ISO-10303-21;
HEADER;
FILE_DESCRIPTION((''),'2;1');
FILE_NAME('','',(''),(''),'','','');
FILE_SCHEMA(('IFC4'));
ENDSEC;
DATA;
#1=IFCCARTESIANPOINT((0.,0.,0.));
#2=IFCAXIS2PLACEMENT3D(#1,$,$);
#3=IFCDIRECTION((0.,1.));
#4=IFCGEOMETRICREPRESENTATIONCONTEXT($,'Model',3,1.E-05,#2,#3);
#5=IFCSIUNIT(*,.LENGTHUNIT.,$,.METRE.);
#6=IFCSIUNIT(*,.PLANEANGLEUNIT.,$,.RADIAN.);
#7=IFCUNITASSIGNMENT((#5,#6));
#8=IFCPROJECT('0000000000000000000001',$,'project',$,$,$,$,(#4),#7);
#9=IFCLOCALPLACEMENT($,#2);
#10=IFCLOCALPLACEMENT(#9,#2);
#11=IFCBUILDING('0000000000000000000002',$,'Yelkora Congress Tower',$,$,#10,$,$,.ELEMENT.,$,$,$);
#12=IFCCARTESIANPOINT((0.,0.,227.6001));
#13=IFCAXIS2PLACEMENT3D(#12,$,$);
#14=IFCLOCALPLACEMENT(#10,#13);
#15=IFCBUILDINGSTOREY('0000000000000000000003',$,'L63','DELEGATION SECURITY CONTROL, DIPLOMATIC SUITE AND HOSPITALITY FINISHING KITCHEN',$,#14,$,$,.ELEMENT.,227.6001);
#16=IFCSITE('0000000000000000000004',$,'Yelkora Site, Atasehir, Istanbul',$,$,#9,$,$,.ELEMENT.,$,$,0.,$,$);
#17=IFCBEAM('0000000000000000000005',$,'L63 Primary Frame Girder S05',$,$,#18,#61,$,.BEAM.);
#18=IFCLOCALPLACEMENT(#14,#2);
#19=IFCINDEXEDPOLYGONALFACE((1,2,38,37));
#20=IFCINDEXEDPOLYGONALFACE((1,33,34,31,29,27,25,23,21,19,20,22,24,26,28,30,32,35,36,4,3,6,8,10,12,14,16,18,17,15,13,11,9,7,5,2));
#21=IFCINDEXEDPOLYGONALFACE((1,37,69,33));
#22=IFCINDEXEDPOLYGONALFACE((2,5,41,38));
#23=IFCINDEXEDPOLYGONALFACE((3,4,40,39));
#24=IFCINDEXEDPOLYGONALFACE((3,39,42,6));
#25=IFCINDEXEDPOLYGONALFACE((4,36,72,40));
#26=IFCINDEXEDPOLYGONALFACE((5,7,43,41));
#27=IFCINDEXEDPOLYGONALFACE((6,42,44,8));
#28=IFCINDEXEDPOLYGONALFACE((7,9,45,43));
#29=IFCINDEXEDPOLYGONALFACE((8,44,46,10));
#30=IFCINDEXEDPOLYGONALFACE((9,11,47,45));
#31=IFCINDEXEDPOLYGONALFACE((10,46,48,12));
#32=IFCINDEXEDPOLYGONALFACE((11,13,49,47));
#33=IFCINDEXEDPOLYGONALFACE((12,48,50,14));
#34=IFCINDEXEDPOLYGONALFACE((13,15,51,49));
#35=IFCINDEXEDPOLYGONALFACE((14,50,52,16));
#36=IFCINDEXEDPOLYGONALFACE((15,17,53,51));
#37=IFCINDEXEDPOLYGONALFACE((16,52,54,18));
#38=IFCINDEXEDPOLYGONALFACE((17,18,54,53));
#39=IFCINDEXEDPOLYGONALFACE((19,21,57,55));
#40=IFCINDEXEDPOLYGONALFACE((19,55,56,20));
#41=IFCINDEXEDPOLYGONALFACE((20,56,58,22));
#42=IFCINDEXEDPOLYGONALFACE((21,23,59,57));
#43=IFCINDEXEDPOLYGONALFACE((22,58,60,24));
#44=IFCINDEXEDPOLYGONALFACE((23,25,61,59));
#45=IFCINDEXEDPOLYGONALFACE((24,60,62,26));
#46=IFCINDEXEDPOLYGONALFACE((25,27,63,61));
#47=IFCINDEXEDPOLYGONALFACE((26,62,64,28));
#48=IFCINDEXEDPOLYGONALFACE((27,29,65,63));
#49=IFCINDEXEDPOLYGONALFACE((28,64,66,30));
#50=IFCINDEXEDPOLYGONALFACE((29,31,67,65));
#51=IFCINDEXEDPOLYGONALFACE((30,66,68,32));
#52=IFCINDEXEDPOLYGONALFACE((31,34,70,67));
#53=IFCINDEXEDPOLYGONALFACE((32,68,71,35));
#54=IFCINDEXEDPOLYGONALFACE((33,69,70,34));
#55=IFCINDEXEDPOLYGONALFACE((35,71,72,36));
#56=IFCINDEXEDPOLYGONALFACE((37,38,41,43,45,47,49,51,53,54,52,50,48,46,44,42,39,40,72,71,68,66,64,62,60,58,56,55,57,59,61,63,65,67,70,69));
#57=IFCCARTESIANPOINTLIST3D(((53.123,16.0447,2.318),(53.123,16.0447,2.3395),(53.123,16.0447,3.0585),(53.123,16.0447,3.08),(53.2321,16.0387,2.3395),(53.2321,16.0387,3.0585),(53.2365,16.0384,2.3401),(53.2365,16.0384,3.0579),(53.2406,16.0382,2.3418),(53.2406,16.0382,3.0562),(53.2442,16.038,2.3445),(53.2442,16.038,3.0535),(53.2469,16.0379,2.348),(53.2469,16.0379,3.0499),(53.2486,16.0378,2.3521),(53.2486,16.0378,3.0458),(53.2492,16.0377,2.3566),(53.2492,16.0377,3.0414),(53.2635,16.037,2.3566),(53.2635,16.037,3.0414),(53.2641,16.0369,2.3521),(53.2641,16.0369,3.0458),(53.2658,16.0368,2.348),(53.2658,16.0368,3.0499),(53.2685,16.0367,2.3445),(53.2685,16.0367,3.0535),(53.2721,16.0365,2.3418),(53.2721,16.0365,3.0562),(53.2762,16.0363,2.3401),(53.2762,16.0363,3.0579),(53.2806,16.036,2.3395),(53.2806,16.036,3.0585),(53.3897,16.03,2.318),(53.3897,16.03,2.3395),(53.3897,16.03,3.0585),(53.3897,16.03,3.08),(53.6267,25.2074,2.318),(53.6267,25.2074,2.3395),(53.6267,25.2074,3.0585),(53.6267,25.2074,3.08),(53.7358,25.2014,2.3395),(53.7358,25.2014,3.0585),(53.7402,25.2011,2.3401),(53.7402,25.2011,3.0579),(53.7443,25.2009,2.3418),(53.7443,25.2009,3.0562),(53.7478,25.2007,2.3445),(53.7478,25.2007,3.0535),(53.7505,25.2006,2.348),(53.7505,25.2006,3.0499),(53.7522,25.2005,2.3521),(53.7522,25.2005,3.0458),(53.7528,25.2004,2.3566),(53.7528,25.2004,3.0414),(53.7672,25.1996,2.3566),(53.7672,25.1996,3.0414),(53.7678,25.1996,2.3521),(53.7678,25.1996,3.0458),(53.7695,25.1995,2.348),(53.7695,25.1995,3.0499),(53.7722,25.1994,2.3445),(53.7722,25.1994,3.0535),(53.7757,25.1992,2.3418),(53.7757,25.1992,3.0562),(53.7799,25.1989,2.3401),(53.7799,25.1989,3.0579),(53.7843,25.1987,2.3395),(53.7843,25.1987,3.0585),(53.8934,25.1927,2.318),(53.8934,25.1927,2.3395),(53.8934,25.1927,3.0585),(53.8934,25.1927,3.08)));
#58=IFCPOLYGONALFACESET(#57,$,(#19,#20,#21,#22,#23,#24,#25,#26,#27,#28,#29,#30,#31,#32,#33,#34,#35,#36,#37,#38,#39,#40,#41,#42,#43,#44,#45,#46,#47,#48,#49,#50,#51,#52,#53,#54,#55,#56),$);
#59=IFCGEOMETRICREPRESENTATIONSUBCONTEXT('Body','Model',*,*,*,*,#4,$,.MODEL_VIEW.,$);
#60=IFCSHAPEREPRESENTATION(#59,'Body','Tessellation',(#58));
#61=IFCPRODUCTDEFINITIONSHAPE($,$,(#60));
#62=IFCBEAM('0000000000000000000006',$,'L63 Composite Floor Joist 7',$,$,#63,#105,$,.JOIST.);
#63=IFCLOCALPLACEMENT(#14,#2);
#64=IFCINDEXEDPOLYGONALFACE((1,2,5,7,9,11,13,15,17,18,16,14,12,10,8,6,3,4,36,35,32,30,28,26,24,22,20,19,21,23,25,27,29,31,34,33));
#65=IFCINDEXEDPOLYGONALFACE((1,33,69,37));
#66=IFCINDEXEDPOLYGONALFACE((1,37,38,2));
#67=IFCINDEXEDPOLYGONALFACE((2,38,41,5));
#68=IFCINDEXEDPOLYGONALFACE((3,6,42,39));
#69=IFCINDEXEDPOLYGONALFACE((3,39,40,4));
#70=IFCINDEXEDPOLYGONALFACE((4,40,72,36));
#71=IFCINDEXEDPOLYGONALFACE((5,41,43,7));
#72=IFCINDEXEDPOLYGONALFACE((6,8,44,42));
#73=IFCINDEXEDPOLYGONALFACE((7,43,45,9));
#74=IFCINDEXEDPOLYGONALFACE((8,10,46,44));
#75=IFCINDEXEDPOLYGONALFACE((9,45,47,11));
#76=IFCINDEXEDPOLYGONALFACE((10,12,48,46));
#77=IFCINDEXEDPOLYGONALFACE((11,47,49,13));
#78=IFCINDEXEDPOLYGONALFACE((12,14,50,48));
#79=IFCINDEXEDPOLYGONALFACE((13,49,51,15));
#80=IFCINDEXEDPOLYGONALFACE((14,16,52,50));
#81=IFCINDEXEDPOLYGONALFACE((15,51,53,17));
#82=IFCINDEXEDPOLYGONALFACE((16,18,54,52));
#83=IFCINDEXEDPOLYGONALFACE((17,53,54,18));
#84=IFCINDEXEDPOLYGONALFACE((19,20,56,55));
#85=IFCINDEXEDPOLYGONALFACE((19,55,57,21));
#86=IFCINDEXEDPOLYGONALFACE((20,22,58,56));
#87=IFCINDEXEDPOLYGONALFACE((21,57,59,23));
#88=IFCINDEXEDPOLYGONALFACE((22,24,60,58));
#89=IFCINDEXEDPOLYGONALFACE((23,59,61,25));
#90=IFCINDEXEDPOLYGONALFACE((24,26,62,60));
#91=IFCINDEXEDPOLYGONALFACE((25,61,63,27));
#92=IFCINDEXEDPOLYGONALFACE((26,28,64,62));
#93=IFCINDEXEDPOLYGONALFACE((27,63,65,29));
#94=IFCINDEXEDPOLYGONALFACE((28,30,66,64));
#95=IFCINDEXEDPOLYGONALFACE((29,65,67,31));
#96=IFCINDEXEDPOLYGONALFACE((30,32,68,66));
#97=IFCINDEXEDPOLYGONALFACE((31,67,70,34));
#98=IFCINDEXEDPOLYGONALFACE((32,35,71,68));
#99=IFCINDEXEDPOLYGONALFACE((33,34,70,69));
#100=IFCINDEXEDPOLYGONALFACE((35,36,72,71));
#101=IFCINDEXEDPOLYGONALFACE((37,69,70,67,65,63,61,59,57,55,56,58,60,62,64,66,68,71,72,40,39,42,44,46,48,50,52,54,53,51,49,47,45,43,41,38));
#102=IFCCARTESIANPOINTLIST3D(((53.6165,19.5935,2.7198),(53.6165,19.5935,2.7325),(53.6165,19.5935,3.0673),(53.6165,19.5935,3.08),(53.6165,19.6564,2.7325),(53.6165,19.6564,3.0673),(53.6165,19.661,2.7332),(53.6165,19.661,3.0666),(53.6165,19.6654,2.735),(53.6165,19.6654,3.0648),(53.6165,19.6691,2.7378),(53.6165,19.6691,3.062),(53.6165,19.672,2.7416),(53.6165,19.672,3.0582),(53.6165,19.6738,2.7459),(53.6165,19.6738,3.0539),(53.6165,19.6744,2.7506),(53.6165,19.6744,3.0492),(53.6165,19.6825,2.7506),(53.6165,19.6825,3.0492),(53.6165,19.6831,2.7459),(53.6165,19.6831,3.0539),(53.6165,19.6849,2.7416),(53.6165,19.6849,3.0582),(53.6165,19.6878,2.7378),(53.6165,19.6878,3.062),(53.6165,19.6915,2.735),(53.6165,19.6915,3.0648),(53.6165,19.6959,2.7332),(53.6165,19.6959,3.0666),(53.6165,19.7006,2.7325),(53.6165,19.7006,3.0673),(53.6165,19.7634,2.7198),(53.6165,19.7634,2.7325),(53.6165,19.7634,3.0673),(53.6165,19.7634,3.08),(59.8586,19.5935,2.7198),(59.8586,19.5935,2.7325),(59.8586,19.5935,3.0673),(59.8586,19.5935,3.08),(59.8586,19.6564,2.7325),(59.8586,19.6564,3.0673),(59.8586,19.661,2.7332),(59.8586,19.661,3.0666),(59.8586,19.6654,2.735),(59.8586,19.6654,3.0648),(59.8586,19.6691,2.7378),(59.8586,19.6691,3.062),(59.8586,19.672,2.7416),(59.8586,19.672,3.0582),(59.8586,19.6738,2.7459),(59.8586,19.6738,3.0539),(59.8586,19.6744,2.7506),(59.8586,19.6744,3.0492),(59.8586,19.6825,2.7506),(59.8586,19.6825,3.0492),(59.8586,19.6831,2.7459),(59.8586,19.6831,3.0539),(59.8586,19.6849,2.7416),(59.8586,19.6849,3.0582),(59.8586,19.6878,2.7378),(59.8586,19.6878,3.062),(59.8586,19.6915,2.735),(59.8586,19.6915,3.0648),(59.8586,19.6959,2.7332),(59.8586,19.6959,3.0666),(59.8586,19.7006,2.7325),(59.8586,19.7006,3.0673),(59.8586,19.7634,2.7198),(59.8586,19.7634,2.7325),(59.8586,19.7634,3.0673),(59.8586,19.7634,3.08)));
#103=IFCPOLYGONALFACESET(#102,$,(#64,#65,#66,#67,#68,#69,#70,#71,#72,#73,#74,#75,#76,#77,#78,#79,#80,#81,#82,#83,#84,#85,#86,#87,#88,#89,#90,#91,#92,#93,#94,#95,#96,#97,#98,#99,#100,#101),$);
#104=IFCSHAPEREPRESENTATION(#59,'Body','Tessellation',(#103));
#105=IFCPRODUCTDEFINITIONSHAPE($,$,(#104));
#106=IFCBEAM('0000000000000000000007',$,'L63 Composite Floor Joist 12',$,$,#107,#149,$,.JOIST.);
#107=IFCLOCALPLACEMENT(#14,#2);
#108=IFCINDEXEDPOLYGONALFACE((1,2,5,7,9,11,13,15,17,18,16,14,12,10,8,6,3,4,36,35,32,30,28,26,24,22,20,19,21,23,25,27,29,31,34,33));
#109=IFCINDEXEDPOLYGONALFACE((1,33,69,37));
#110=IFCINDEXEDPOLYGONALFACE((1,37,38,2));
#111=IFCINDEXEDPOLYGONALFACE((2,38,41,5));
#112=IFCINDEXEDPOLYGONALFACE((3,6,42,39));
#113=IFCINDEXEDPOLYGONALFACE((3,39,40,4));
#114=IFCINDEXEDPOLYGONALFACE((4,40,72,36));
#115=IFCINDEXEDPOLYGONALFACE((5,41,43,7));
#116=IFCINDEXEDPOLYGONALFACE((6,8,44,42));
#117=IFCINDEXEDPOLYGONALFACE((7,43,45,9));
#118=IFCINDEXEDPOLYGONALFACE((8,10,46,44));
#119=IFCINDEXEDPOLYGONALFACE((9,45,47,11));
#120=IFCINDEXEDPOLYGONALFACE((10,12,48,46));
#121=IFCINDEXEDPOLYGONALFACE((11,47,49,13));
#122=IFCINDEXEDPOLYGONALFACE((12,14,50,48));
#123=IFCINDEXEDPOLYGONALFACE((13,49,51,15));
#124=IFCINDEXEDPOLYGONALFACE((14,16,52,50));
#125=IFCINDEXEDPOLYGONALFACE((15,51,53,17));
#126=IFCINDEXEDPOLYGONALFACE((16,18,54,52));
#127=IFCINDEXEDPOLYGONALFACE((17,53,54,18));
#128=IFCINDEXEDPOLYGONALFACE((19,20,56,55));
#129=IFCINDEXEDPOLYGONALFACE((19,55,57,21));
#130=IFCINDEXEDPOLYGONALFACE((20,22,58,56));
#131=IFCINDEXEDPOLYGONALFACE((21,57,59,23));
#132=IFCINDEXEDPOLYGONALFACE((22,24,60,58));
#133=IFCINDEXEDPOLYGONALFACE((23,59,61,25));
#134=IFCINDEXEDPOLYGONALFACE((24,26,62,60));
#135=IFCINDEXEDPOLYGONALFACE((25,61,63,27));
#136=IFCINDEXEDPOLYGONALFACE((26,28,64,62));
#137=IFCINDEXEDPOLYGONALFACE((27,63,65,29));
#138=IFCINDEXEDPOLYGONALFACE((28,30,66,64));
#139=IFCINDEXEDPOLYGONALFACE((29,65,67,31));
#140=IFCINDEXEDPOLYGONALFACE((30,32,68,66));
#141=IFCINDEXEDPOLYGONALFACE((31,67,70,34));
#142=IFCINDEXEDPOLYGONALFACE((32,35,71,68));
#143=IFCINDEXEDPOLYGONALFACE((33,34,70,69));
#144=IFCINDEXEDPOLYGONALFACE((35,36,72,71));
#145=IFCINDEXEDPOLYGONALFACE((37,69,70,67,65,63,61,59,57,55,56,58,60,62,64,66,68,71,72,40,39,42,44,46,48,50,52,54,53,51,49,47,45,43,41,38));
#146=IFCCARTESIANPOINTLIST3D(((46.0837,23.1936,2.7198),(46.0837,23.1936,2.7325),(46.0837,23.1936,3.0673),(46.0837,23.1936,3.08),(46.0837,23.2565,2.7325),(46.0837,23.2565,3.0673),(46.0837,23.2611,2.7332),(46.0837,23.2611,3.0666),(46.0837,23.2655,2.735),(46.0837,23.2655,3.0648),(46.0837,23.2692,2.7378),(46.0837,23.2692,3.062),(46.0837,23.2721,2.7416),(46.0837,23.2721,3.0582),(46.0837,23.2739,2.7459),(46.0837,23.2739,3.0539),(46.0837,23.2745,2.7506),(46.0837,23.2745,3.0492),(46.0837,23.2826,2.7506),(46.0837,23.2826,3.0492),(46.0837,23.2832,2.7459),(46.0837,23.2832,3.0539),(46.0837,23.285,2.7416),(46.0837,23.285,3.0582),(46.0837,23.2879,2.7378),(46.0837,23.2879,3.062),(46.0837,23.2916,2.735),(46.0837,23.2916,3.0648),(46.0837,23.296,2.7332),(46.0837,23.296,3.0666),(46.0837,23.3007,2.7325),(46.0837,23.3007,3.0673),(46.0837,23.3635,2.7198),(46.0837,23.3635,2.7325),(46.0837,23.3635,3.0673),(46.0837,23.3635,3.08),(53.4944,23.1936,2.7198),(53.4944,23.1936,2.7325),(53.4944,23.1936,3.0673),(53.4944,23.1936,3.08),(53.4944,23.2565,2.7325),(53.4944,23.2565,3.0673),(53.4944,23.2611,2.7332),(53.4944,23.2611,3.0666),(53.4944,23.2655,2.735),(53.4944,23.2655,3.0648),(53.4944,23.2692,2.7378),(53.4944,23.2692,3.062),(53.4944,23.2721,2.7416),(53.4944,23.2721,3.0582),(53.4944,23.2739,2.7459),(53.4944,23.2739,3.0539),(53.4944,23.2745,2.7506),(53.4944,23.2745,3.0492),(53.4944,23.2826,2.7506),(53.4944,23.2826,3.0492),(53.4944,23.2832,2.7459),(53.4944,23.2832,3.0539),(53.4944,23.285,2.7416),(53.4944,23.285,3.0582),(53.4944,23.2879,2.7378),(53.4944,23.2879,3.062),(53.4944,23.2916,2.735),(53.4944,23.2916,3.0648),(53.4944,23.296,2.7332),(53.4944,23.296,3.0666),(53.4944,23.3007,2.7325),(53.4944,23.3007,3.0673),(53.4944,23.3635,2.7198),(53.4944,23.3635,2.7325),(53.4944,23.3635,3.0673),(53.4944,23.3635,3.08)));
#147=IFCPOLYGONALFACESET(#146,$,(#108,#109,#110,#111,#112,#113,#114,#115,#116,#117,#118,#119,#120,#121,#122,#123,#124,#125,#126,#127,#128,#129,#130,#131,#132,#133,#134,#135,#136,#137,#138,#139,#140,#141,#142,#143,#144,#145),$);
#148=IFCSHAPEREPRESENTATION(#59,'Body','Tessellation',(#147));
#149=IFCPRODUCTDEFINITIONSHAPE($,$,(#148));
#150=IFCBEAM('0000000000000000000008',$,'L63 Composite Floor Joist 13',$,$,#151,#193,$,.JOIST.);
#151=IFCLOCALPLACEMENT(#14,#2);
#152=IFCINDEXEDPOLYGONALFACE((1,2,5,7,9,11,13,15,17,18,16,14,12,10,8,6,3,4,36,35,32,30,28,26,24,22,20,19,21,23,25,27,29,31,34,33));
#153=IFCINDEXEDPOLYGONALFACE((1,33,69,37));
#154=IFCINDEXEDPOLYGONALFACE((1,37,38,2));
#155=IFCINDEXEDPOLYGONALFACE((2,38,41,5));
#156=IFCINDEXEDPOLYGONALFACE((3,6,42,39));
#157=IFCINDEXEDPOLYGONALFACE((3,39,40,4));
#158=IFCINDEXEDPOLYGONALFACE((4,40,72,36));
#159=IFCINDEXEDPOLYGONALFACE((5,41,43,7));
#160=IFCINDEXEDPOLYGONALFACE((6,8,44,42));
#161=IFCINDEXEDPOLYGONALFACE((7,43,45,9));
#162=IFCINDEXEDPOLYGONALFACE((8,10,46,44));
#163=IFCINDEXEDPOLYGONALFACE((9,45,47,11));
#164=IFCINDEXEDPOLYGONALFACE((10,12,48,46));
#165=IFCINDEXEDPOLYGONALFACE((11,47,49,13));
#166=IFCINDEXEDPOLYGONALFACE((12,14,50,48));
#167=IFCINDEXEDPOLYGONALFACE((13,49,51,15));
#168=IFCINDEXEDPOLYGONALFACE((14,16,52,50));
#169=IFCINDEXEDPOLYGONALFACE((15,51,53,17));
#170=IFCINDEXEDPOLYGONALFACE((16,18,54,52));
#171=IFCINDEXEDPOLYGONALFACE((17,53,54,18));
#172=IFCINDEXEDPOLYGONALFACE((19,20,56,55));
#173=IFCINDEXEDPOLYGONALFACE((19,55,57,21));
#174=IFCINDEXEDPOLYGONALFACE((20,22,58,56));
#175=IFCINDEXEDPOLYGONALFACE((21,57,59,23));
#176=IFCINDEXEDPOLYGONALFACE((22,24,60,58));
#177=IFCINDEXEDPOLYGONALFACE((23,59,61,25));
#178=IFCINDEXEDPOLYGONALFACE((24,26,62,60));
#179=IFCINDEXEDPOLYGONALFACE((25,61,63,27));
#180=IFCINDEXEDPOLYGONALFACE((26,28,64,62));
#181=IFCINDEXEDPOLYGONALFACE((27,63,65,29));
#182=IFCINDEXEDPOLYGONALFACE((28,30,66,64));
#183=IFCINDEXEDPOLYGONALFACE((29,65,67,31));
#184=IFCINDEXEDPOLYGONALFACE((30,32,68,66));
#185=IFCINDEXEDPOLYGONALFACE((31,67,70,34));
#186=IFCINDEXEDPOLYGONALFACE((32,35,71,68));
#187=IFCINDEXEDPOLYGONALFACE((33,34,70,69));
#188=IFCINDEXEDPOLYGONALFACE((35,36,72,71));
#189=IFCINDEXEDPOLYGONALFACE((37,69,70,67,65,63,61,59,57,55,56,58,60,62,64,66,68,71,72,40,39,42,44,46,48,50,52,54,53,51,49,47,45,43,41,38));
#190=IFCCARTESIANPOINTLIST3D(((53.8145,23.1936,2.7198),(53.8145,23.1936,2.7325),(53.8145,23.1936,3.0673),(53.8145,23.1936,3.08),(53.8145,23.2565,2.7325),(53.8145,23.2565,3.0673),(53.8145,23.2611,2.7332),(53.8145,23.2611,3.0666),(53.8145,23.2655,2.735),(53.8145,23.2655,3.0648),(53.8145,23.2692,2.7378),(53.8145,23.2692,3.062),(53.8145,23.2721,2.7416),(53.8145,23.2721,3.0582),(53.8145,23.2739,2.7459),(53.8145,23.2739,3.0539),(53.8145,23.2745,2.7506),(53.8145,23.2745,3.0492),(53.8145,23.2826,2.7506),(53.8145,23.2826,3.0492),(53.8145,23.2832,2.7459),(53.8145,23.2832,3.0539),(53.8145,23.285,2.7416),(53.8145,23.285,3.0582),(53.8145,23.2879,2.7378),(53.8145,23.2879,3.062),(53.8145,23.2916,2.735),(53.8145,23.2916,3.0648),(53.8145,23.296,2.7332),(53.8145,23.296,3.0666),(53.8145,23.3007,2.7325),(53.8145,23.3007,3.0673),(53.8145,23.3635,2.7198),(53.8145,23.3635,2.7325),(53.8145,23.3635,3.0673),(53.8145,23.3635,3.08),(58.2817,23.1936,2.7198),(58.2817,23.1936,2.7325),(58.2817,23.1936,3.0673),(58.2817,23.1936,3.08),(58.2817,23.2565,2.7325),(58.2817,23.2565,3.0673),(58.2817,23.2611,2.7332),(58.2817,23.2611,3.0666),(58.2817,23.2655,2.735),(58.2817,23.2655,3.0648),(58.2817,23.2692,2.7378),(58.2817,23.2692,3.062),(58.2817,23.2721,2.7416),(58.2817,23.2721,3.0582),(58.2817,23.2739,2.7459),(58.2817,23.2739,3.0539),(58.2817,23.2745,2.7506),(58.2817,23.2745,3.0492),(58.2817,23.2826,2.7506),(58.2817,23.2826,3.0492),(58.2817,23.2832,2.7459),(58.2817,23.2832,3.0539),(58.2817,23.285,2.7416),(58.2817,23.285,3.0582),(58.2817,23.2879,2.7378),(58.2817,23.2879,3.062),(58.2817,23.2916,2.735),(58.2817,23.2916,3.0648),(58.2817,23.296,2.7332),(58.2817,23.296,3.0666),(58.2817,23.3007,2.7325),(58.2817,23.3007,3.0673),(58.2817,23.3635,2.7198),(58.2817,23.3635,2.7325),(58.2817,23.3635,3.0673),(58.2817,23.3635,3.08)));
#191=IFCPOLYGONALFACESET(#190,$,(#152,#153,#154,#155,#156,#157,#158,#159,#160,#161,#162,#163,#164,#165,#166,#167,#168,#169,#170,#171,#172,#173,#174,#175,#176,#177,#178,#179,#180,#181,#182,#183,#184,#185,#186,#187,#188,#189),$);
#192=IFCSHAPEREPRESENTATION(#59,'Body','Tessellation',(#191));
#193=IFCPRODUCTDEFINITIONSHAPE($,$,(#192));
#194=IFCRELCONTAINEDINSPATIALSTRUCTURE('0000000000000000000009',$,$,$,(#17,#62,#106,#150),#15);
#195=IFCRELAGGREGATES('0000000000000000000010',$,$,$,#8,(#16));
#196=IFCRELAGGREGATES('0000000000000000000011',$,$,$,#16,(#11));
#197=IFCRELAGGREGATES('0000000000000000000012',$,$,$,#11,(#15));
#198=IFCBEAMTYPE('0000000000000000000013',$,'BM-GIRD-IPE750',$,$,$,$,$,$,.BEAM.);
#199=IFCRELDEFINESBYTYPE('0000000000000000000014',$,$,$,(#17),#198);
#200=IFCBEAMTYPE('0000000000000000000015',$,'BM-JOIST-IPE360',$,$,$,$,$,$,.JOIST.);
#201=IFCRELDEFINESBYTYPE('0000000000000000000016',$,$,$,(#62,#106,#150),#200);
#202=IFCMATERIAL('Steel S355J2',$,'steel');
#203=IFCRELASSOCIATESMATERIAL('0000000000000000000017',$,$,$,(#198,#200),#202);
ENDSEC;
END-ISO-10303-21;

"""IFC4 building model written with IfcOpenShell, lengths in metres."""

from ifc_helpers import new_model, si_unit, direction, frame, origin, origin_2d, place, context, subcontext, project, spatial, i_section, extrude, material, material_profile, profile_set, type_object, element, save


model = new_model("IFC4")

# Units and contexts
model_context = context("Model", 3, precision=1e-05, world=origin(), true_north=direction((0.0, 1.0)))
body_context = subcontext(model_context, "Body", "Model", "MODEL_VIEW")
ifc_project = project(units=[si_unit("LENGTHUNIT", "METRE"), si_unit("PLANEANGLEUNIT", "RADIAN")], contexts=[model_context])

# Site, building, storey
site_placement = place(None, origin())
site = spatial("IfcSite", under=ifc_project, at=site_placement, Name="Yelkora Site, Atasehir, Istanbul", CompositionType="ELEMENT", RefElevation=0.0)
building_placement = place(site_placement, origin())
building = spatial("IfcBuilding", under=site, at=building_placement, Name="Yelkora Congress Tower", CompositionType="ELEMENT")
storey_placement = place(building_placement, frame((0.0, 0.0, 227.6001)))
storey = spatial("IfcBuildingStorey", under=building, at=storey_placement, Name="L63", Description="DELEGATION SECURITY CONTROL, DIPLOMATIC SUITE AND HOSPITALITY FINISHING KITCHEN", CompositionType="ELEMENT", Elevation=227.6001)

# Shared definitions
ifc_material_1 = material(Name="Steel S355J2", Category="steel")

# Beams
ifc_material_profile_1 = material_profile(ifc_material_1, i_section(OverallWidth=0.2671, OverallDepth=0.762, WebThickness=0.0144, FlangeThickness=0.0215, FilletRadius=0.0171, at=origin_2d()), Name="IPE 750x173")
ifc_profile_set_1 = profile_set([ifc_material_profile_1], Name="Steel S355J2")
beam_type_1 = type_object("IfcBeamType", Name="BM-GIRD-IPE750", PredefinedType="BEAM", material=ifc_profile_set_1)
beam_1_placement = place(storey_placement, frame((53.2563, 16.0374, 2.699), z_axis=(0.054886, 0.998493, 0.0), x_axis=(-0.998493, 0.054886, 0.0)))
element("IfcBeam", 1, at=beam_1_placement, inside=storey, type_object=beam_type_1, Name="L63 Primary Frame Girder S05", PredefinedType="BEAM", context=body_context, shape_type="SweptSolid", body=[
    extrude(i_section(OverallWidth=0.2671, OverallDepth=0.762, WebThickness=0.0144, FlangeThickness=0.0215, FilletRadius=0.0171, at=origin_2d()), origin(), (0.0, 0.0, 1.0), 9.1765),
])
ifc_material_profile_2 = material_profile(ifc_material_1, i_section(OverallWidth=0.1699, OverallDepth=0.3601, WebThickness=0.0081, FlangeThickness=0.0127, FilletRadius=0.0181, at=origin_2d()), Name="IPE 360")
ifc_profile_set_2 = profile_set([ifc_material_profile_2], Name="Steel S355J2")
beam_type_2 = type_object("IfcBeamType", Name="BM-JOIST-IPE360", PredefinedType="JOIST", material=ifc_profile_set_2)
beam_2_placement = place(storey_placement, frame((53.6165, 19.6785, 2.8999), z_axis=(1.0, 0.0, 0.0), x_axis=(0.0, 1.0, 0.0)))
element("IfcBeam", 2, at=beam_2_placement, inside=storey, type_object=beam_type_2, Name="L63 Composite Floor Joist 7", PredefinedType="JOIST", context=body_context, shape_type="SweptSolid", body=[
    extrude(i_section(OverallWidth=0.1699, OverallDepth=0.3601, WebThickness=0.0081, FlangeThickness=0.0127, FilletRadius=0.0181, at=origin_2d()), origin(), (0.0, 0.0, 1.0), 6.2422),
])
beam_3_placement = place(storey_placement, frame((46.0837, 23.2786, 2.8999), z_axis=(1.0, 0.0, 0.0), x_axis=(0.0, 1.0, 0.0)))
element("IfcBeam", 3, at=beam_3_placement, inside=storey, type_object=beam_type_2, Name="L63 Composite Floor Joist 12", PredefinedType="JOIST", context=body_context, shape_type="SweptSolid", body=[
    extrude(i_section(OverallWidth=0.1699, OverallDepth=0.3601, WebThickness=0.0081, FlangeThickness=0.0127, FilletRadius=0.0181, at=origin_2d()), origin(), (0.0, 0.0, 1.0), 7.4106),
])
beam_4_placement = place(storey_placement, frame((53.8145, 23.2786, 2.8999), z_axis=(1.0, 0.0, 0.0), x_axis=(0.0, 1.0, 0.0)))
element("IfcBeam", 4, at=beam_4_placement, inside=storey, type_object=beam_type_2, Name="L63 Composite Floor Joist 13", PredefinedType="JOIST", context=body_context, shape_type="SweptSolid", body=[
    extrude(i_section(OverallWidth=0.1699, OverallDepth=0.3601, WebThickness=0.0081, FlangeThickness=0.0127, FilletRadius=0.0181, at=origin_2d()), origin(), (0.0, 0.0, 1.0), 4.4673),
])

save(model, "model.ifc")
